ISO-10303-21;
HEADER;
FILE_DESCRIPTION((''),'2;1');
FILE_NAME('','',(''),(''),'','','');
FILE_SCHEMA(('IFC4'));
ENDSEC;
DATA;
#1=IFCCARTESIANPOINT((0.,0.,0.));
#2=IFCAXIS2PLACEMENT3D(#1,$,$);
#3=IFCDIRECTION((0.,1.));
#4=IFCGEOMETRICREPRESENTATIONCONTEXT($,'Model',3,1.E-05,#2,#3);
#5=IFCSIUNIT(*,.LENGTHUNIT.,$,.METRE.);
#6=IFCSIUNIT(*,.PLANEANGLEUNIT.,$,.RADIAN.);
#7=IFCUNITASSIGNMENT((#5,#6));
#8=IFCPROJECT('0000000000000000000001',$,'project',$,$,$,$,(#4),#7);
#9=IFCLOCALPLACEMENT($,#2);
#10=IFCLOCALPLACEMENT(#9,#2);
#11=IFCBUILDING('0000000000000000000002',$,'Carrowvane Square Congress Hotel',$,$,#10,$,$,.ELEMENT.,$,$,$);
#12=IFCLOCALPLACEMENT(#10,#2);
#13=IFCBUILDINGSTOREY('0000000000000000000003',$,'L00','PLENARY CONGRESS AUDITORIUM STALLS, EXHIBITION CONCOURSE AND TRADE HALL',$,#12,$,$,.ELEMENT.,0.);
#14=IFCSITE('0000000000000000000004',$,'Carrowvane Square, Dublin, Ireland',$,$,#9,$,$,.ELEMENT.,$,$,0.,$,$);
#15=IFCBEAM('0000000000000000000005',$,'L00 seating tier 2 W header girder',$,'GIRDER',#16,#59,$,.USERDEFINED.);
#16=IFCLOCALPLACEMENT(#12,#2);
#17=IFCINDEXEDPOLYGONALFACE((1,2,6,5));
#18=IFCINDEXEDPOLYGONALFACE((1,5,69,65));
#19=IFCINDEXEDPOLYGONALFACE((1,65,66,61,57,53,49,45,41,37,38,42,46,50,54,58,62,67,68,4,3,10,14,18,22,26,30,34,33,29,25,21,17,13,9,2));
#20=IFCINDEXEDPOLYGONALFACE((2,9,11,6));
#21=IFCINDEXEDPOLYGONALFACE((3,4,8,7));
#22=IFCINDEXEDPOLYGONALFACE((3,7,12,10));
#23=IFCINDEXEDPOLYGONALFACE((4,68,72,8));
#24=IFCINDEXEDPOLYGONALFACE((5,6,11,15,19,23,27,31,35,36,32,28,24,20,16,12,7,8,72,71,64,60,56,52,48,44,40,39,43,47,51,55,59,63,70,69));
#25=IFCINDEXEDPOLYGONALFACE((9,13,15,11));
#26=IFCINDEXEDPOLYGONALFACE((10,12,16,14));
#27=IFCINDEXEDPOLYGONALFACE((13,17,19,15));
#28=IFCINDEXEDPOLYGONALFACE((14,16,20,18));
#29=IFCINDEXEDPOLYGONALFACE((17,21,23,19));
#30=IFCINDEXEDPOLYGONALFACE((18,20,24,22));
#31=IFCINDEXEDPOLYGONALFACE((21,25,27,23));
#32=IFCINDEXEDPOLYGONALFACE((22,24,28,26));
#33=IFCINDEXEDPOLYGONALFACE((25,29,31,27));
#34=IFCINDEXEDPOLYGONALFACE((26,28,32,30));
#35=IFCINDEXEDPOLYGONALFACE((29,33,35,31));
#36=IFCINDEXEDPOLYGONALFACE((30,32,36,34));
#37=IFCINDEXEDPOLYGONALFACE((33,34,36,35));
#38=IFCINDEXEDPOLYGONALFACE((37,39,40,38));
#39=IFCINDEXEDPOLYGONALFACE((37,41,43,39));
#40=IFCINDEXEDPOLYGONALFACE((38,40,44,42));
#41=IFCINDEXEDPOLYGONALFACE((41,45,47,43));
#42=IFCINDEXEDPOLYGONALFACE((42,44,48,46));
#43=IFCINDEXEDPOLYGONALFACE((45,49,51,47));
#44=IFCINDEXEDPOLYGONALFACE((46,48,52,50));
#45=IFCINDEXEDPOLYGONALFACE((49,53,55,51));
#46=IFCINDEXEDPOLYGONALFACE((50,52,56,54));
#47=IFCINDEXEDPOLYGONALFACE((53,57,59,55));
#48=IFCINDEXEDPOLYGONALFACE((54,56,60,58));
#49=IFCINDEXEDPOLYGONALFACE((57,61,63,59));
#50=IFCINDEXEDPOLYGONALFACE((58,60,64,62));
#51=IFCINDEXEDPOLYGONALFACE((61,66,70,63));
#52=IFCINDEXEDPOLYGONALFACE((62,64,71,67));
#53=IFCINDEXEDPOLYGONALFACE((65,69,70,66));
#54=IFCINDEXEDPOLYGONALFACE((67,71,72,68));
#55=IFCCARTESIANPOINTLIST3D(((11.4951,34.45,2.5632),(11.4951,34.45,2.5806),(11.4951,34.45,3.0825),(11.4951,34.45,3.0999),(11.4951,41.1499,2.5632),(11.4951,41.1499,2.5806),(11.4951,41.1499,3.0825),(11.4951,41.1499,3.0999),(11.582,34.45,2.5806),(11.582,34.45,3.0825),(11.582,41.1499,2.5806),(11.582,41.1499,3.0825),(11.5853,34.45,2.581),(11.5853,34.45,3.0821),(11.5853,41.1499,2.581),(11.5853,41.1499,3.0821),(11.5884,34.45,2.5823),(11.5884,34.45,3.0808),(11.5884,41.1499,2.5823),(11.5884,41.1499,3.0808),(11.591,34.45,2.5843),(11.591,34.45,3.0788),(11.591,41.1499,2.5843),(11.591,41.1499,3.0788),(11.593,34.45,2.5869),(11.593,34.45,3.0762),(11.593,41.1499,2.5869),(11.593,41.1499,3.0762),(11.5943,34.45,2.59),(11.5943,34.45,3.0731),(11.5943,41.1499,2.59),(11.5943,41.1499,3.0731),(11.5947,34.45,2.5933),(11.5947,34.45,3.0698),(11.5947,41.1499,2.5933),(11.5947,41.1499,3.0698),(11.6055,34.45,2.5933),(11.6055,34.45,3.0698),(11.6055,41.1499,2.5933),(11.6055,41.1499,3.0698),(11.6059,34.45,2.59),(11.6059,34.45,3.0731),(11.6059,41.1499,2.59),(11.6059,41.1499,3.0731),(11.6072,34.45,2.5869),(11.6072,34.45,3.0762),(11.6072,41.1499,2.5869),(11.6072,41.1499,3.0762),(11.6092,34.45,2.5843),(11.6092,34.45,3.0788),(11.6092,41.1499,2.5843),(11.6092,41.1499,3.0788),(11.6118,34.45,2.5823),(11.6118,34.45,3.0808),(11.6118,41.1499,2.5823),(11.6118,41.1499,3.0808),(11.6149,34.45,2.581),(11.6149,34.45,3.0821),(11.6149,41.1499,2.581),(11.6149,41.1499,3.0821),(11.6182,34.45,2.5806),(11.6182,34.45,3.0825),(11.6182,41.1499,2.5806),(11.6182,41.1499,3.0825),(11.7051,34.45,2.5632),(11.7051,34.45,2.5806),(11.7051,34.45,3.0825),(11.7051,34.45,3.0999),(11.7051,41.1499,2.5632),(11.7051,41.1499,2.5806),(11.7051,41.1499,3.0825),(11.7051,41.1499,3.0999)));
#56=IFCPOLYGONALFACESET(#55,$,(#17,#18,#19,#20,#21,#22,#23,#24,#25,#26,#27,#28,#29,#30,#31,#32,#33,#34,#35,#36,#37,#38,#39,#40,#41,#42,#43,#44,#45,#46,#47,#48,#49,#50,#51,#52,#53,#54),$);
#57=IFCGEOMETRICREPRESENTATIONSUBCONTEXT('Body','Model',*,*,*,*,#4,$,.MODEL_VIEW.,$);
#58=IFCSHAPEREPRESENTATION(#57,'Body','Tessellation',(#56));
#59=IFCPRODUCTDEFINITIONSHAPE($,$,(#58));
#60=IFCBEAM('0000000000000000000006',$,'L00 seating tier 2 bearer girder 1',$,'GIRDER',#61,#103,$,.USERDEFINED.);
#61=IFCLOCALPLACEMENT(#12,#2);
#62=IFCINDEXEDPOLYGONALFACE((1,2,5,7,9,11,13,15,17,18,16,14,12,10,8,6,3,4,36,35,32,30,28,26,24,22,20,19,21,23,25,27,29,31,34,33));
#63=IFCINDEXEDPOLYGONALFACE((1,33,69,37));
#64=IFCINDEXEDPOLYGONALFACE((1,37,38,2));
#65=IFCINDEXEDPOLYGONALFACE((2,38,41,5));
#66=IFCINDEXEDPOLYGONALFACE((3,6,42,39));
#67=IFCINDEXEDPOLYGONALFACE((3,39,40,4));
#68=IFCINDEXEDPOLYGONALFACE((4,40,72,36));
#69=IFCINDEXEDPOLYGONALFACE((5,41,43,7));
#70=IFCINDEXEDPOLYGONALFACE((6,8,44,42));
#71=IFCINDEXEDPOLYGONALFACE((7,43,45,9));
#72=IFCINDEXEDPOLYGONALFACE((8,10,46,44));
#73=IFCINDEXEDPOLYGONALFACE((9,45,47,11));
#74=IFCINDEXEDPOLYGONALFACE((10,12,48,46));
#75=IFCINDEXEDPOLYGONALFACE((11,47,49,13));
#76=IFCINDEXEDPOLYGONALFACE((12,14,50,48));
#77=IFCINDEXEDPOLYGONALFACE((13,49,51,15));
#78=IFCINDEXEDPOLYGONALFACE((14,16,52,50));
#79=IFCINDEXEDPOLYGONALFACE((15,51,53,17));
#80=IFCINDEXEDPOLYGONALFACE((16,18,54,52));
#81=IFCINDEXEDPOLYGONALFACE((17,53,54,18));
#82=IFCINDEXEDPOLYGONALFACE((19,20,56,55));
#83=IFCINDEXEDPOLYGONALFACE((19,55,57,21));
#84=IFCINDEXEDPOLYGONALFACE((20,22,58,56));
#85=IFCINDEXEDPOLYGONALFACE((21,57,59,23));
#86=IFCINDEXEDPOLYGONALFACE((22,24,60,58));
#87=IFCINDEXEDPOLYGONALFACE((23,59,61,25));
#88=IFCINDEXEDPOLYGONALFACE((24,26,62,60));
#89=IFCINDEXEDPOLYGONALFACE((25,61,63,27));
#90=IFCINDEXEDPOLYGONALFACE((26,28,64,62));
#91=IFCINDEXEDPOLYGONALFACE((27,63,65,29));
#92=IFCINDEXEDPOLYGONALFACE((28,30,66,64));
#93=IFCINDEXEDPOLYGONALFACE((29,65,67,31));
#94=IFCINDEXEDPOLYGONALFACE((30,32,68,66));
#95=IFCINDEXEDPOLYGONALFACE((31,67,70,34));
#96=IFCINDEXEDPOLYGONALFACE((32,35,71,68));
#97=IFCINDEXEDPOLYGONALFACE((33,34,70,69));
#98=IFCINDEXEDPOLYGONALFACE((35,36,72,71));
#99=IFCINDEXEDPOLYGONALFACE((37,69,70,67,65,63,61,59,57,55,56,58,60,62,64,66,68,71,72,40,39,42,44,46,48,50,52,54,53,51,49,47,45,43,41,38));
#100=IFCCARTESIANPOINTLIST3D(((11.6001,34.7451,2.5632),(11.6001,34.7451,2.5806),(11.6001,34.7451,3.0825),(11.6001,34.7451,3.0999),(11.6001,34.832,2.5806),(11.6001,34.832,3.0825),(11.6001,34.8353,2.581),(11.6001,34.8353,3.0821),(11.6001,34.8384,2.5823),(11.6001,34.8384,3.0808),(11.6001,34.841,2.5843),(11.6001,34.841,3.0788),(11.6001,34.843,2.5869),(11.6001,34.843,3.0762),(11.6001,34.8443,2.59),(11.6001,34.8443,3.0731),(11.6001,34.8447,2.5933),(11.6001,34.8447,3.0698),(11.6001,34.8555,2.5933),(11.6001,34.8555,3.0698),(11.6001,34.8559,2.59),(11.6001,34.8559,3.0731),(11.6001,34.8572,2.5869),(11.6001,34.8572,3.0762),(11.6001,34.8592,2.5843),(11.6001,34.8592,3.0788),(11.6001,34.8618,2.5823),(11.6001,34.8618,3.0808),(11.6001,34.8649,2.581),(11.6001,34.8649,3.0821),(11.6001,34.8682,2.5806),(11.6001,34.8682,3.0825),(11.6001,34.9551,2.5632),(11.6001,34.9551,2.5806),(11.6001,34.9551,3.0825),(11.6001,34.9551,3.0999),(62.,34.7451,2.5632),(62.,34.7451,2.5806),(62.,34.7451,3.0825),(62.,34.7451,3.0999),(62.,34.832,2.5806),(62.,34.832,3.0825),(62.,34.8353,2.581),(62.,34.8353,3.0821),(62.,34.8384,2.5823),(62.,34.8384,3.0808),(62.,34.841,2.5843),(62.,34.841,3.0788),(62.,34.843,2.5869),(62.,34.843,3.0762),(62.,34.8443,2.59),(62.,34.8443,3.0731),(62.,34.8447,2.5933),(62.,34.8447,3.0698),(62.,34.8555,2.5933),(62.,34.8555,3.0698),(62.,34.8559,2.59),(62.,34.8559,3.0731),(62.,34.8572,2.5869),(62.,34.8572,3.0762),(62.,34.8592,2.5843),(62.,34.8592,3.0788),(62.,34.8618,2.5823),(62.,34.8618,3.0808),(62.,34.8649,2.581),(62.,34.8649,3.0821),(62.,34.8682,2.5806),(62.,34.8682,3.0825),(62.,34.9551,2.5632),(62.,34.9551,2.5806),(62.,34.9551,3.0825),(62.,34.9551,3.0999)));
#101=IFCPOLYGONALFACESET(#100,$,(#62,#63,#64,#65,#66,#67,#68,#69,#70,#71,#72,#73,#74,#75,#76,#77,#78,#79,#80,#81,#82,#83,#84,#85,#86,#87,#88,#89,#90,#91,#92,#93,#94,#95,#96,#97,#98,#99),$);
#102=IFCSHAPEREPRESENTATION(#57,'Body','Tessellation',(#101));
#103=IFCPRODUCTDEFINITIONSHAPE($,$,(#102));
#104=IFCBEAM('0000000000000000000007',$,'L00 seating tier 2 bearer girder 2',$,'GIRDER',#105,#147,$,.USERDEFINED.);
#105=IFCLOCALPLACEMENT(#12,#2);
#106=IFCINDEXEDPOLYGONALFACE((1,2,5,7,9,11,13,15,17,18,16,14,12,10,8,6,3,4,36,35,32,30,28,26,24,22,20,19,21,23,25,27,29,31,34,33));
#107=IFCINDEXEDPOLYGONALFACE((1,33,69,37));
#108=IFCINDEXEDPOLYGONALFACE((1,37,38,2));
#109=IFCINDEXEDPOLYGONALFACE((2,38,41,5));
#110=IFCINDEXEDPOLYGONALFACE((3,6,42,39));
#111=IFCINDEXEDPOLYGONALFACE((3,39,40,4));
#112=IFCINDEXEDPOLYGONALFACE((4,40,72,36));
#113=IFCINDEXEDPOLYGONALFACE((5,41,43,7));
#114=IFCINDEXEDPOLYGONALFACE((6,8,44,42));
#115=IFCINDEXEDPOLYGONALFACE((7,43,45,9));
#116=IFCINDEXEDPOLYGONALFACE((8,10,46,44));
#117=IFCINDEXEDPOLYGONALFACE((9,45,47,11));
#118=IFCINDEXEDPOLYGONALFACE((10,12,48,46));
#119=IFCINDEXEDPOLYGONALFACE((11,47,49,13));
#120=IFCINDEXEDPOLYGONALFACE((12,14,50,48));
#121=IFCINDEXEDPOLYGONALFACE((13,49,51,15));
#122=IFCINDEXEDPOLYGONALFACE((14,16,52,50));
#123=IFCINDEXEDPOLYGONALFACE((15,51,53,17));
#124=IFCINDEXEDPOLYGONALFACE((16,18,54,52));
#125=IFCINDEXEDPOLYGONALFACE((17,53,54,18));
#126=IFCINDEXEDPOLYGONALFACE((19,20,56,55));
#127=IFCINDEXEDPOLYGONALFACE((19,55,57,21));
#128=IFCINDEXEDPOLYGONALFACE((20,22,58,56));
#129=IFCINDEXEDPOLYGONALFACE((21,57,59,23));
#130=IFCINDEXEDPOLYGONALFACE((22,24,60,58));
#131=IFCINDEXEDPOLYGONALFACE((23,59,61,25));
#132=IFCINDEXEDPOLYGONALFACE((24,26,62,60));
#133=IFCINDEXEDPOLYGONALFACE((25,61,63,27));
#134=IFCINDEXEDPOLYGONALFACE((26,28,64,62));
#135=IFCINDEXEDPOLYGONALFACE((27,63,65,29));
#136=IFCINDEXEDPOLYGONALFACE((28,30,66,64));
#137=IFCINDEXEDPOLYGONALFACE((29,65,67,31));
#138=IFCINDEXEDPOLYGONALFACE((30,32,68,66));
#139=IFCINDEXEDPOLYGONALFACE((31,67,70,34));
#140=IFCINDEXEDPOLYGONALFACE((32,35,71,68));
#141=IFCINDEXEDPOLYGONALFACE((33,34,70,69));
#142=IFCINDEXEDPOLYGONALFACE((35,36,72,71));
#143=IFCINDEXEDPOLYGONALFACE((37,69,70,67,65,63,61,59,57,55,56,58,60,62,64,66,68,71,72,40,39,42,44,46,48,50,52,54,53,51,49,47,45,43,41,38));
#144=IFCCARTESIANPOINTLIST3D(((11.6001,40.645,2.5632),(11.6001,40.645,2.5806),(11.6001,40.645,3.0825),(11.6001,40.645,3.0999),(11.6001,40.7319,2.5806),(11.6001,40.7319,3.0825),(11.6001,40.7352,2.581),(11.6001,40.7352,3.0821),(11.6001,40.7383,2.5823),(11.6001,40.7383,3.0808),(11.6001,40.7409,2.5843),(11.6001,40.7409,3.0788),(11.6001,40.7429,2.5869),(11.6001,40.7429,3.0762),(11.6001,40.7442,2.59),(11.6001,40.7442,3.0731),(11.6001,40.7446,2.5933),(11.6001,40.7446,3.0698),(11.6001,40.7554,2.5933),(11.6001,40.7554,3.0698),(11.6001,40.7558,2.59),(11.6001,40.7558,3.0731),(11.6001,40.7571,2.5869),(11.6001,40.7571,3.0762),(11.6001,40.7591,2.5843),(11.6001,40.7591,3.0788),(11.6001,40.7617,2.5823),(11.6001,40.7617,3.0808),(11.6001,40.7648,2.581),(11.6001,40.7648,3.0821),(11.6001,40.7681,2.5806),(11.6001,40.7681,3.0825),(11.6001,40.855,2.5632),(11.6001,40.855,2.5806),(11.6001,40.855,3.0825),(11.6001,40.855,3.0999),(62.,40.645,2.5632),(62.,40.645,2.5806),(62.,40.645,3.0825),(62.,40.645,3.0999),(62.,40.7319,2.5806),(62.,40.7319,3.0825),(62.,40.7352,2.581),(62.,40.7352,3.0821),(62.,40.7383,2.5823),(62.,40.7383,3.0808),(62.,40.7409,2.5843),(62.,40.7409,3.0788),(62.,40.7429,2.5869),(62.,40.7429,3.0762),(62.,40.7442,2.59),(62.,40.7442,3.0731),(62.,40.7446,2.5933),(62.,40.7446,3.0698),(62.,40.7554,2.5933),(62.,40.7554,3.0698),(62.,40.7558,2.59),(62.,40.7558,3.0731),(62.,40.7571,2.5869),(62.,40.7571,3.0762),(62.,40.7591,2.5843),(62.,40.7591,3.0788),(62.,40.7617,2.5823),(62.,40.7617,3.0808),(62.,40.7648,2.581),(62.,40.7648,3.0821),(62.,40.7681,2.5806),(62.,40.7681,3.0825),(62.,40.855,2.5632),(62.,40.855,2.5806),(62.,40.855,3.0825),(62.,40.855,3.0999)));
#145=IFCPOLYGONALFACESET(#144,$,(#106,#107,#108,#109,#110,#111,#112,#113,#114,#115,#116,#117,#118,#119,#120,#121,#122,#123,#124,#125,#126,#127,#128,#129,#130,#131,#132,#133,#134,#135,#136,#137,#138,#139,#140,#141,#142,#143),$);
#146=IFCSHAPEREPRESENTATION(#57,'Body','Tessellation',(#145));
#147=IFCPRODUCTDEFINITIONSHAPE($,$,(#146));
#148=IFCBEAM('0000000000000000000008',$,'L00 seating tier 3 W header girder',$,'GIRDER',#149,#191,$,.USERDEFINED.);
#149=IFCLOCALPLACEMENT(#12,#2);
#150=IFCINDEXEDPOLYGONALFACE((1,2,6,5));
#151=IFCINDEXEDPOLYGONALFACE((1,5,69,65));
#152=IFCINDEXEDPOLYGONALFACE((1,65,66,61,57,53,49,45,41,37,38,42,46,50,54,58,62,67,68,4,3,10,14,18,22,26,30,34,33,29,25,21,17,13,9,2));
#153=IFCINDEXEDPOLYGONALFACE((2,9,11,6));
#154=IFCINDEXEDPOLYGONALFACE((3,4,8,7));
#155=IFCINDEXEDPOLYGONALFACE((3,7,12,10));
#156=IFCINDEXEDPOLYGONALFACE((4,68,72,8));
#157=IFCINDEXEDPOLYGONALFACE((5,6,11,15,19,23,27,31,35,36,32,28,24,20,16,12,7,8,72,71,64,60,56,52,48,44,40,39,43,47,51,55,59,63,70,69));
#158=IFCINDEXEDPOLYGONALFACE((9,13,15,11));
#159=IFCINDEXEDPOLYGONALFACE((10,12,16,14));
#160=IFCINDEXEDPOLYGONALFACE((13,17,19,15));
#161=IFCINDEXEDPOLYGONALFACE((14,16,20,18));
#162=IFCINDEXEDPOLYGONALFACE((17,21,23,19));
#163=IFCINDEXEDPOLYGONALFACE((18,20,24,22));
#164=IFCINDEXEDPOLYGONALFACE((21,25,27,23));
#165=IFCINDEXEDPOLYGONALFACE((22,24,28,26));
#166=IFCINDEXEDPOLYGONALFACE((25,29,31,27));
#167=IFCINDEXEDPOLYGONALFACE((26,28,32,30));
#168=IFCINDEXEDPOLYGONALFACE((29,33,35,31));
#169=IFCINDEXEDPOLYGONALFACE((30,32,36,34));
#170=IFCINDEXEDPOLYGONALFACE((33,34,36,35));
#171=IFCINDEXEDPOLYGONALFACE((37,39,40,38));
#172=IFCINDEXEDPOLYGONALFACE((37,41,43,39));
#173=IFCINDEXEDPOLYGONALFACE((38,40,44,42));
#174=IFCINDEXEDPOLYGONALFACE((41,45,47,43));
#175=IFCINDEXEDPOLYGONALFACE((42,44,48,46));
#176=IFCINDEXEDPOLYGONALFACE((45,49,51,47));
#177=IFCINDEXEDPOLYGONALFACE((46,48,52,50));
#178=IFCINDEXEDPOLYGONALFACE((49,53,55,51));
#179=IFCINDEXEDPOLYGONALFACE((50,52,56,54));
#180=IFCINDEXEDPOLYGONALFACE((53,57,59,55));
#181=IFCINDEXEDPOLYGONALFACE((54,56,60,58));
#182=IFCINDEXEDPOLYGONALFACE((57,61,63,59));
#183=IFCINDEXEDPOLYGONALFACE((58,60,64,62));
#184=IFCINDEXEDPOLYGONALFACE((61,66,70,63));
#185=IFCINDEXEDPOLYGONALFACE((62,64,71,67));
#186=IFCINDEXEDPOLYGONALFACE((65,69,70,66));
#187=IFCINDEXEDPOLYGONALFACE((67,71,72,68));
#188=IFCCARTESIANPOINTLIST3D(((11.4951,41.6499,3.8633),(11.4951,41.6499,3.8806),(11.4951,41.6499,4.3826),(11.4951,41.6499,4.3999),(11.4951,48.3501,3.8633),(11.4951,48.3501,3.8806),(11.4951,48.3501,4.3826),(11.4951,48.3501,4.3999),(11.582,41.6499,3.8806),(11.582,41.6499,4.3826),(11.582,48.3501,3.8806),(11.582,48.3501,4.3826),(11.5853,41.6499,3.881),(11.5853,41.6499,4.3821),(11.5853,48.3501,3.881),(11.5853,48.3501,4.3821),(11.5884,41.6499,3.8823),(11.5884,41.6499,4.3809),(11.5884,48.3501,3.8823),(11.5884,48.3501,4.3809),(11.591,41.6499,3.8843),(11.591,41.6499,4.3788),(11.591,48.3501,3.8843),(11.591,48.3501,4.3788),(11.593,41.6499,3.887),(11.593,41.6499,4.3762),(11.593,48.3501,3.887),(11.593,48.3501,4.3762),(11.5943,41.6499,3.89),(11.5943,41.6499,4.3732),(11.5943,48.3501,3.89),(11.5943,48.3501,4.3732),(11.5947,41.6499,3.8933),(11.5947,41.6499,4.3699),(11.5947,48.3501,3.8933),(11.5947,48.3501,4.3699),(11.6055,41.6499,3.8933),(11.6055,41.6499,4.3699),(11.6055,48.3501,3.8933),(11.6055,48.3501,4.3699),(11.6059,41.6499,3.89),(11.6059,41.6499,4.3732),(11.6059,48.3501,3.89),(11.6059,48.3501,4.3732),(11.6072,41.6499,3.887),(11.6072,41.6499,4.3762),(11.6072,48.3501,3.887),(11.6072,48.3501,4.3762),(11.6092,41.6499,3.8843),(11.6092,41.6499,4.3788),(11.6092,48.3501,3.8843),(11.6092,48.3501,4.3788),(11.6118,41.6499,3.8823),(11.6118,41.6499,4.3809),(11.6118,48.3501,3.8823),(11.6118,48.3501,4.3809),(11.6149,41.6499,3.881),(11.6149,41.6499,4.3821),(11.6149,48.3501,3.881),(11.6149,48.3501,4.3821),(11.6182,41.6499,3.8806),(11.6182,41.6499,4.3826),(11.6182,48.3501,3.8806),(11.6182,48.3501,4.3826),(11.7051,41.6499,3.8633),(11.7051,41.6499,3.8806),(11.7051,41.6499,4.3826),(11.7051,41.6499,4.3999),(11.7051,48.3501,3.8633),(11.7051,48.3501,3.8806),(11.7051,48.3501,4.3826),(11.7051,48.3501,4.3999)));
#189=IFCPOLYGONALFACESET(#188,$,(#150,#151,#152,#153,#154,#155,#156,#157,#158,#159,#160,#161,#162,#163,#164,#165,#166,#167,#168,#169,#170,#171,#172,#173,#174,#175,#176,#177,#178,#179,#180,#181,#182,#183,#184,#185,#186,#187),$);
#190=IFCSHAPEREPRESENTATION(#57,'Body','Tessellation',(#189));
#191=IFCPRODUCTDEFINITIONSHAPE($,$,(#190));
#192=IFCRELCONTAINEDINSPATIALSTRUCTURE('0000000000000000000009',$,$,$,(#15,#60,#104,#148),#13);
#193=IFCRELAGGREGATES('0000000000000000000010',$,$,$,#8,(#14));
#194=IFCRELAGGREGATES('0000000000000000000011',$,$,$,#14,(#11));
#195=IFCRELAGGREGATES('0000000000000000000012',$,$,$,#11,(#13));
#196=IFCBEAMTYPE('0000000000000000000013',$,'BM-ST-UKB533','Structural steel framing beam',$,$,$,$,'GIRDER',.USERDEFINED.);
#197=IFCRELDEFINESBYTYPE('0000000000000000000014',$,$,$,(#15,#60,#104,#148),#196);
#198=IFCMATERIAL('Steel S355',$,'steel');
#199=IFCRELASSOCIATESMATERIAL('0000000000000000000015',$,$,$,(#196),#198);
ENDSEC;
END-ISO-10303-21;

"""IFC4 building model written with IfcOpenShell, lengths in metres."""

from ifc_helpers import new_model, si_unit, direction, frame, origin, origin_2d, place, context, subcontext, project, spatial, i_section, extrude, material, material_profile, profile_set, type_object, element, save


model = new_model("IFC4")

# Units and contexts
model_context = context("Model", 3, precision=1e-05, world=origin(), true_north=direction((0.0, 1.0)))
body_context = subcontext(model_context, "Body", "Model", "MODEL_VIEW")
ifc_project = project(units=[si_unit("LENGTHUNIT", "METRE"), si_unit("PLANEANGLEUNIT", "RADIAN")], contexts=[model_context])

# Site, building, storey
site_placement = place(None, origin())
site = spatial("IfcSite", under=ifc_project, at=site_placement, Name="Carrowvane Square, Dublin, Ireland", CompositionType="ELEMENT", RefElevation=0.0)
building_placement = place(site_placement, origin())
building = spatial("IfcBuilding", under=site, at=building_placement, Name="Carrowvane Square Congress Hotel", CompositionType="ELEMENT")
storey_placement = place(building_placement, origin())
storey = spatial("IfcBuildingStorey", under=building, at=storey_placement, Name="L00", Description="PLENARY CONGRESS AUDITORIUM STALLS, EXHIBITION CONCOURSE AND TRADE HALL", CompositionType="ELEMENT", Elevation=0.0)

# Beams
ifc_material_1 = material(Name="Steel S355", Category="steel")
ifc_material_profile_1 = material_profile(ifc_material_1, i_section(OverallWidth=0.21, OverallDepth=0.5366, WebThickness=0.0107, FlangeThickness=0.0173, FilletRadius=0.0127, at=origin_2d()), Name="UKB 533x210x101")
ifc_profile_set_1 = profile_set([ifc_material_profile_1], Name="Steel S355")
beam_type_1 = type_object("IfcBeamType", Name="BM-ST-UKB533", Description="Structural steel framing beam", ElementType="GIRDER", PredefinedType="USERDEFINED", material=ifc_profile_set_1)
beam_1_placement = place(storey_placement, frame((11.6001, 34.45, 2.8315), z_axis=(0.0, 1.0, 0.0), x_axis=(-1.0, 0.0, 0.0)))
element("IfcBeam", 1, at=beam_1_placement, inside=storey, type_object=beam_type_1, Name="L00 seating tier 2 W header girder", ObjectType="GIRDER", PredefinedType="USERDEFINED", context=body_context, shape_type="SweptSolid", body=[
    extrude(i_section(OverallWidth=0.21, OverallDepth=0.5366, WebThickness=0.0107, FlangeThickness=0.0173, FilletRadius=0.0127, at=origin_2d()), origin(), (0.0, 0.0, 1.0), 6.7),
])
for number, where, z_axis, x_axis, name in (
    (2, (11.6001, 34.8501, 2.8315), (1.0, 0.0, 0.0), (0.0, 1.0, 0.0), "L00 seating tier 2 bearer girder 1"),
    (3, (11.6001, 40.75, 2.8315), (1.0, 0.0, 0.0), (0.0, 1.0, 0.0), "L00 seating tier 2 bearer girder 2"),
):
    element("IfcBeam", number, at=place(storey_placement, frame(where, z_axis=z_axis, x_axis=x_axis)), inside=storey, type_object=beam_type_1, Name=name, ObjectType="GIRDER", PredefinedType="USERDEFINED", context=body_context, shape_type="SweptSolid", body=[
        extrude(i_section(OverallWidth=0.21, OverallDepth=0.5366, WebThickness=0.0107, FlangeThickness=0.0173, FilletRadius=0.0127, at=origin_2d()), origin(), (0.0, 0.0, 1.0), 50.3999),
    ])
beam_2_placement = place(storey_placement, frame((11.6001, 41.6499, 4.1316), z_axis=(0.0, 1.0, 0.0), x_axis=(-1.0, 0.0, 0.0)))
element("IfcBeam", 4, at=beam_2_placement, inside=storey, type_object=beam_type_1, Name="L00 seating tier 3 W header girder", ObjectType="GIRDER", PredefinedType="USERDEFINED", context=body_context, shape_type="SweptSolid", body=[
    extrude(i_section(OverallWidth=0.21, OverallDepth=0.5366, WebThickness=0.0107, FlangeThickness=0.0173, FilletRadius=0.0127, at=origin_2d()), origin(), (0.0, 0.0, 1.0), 6.7002),
])

save(model, "model.ifc")
